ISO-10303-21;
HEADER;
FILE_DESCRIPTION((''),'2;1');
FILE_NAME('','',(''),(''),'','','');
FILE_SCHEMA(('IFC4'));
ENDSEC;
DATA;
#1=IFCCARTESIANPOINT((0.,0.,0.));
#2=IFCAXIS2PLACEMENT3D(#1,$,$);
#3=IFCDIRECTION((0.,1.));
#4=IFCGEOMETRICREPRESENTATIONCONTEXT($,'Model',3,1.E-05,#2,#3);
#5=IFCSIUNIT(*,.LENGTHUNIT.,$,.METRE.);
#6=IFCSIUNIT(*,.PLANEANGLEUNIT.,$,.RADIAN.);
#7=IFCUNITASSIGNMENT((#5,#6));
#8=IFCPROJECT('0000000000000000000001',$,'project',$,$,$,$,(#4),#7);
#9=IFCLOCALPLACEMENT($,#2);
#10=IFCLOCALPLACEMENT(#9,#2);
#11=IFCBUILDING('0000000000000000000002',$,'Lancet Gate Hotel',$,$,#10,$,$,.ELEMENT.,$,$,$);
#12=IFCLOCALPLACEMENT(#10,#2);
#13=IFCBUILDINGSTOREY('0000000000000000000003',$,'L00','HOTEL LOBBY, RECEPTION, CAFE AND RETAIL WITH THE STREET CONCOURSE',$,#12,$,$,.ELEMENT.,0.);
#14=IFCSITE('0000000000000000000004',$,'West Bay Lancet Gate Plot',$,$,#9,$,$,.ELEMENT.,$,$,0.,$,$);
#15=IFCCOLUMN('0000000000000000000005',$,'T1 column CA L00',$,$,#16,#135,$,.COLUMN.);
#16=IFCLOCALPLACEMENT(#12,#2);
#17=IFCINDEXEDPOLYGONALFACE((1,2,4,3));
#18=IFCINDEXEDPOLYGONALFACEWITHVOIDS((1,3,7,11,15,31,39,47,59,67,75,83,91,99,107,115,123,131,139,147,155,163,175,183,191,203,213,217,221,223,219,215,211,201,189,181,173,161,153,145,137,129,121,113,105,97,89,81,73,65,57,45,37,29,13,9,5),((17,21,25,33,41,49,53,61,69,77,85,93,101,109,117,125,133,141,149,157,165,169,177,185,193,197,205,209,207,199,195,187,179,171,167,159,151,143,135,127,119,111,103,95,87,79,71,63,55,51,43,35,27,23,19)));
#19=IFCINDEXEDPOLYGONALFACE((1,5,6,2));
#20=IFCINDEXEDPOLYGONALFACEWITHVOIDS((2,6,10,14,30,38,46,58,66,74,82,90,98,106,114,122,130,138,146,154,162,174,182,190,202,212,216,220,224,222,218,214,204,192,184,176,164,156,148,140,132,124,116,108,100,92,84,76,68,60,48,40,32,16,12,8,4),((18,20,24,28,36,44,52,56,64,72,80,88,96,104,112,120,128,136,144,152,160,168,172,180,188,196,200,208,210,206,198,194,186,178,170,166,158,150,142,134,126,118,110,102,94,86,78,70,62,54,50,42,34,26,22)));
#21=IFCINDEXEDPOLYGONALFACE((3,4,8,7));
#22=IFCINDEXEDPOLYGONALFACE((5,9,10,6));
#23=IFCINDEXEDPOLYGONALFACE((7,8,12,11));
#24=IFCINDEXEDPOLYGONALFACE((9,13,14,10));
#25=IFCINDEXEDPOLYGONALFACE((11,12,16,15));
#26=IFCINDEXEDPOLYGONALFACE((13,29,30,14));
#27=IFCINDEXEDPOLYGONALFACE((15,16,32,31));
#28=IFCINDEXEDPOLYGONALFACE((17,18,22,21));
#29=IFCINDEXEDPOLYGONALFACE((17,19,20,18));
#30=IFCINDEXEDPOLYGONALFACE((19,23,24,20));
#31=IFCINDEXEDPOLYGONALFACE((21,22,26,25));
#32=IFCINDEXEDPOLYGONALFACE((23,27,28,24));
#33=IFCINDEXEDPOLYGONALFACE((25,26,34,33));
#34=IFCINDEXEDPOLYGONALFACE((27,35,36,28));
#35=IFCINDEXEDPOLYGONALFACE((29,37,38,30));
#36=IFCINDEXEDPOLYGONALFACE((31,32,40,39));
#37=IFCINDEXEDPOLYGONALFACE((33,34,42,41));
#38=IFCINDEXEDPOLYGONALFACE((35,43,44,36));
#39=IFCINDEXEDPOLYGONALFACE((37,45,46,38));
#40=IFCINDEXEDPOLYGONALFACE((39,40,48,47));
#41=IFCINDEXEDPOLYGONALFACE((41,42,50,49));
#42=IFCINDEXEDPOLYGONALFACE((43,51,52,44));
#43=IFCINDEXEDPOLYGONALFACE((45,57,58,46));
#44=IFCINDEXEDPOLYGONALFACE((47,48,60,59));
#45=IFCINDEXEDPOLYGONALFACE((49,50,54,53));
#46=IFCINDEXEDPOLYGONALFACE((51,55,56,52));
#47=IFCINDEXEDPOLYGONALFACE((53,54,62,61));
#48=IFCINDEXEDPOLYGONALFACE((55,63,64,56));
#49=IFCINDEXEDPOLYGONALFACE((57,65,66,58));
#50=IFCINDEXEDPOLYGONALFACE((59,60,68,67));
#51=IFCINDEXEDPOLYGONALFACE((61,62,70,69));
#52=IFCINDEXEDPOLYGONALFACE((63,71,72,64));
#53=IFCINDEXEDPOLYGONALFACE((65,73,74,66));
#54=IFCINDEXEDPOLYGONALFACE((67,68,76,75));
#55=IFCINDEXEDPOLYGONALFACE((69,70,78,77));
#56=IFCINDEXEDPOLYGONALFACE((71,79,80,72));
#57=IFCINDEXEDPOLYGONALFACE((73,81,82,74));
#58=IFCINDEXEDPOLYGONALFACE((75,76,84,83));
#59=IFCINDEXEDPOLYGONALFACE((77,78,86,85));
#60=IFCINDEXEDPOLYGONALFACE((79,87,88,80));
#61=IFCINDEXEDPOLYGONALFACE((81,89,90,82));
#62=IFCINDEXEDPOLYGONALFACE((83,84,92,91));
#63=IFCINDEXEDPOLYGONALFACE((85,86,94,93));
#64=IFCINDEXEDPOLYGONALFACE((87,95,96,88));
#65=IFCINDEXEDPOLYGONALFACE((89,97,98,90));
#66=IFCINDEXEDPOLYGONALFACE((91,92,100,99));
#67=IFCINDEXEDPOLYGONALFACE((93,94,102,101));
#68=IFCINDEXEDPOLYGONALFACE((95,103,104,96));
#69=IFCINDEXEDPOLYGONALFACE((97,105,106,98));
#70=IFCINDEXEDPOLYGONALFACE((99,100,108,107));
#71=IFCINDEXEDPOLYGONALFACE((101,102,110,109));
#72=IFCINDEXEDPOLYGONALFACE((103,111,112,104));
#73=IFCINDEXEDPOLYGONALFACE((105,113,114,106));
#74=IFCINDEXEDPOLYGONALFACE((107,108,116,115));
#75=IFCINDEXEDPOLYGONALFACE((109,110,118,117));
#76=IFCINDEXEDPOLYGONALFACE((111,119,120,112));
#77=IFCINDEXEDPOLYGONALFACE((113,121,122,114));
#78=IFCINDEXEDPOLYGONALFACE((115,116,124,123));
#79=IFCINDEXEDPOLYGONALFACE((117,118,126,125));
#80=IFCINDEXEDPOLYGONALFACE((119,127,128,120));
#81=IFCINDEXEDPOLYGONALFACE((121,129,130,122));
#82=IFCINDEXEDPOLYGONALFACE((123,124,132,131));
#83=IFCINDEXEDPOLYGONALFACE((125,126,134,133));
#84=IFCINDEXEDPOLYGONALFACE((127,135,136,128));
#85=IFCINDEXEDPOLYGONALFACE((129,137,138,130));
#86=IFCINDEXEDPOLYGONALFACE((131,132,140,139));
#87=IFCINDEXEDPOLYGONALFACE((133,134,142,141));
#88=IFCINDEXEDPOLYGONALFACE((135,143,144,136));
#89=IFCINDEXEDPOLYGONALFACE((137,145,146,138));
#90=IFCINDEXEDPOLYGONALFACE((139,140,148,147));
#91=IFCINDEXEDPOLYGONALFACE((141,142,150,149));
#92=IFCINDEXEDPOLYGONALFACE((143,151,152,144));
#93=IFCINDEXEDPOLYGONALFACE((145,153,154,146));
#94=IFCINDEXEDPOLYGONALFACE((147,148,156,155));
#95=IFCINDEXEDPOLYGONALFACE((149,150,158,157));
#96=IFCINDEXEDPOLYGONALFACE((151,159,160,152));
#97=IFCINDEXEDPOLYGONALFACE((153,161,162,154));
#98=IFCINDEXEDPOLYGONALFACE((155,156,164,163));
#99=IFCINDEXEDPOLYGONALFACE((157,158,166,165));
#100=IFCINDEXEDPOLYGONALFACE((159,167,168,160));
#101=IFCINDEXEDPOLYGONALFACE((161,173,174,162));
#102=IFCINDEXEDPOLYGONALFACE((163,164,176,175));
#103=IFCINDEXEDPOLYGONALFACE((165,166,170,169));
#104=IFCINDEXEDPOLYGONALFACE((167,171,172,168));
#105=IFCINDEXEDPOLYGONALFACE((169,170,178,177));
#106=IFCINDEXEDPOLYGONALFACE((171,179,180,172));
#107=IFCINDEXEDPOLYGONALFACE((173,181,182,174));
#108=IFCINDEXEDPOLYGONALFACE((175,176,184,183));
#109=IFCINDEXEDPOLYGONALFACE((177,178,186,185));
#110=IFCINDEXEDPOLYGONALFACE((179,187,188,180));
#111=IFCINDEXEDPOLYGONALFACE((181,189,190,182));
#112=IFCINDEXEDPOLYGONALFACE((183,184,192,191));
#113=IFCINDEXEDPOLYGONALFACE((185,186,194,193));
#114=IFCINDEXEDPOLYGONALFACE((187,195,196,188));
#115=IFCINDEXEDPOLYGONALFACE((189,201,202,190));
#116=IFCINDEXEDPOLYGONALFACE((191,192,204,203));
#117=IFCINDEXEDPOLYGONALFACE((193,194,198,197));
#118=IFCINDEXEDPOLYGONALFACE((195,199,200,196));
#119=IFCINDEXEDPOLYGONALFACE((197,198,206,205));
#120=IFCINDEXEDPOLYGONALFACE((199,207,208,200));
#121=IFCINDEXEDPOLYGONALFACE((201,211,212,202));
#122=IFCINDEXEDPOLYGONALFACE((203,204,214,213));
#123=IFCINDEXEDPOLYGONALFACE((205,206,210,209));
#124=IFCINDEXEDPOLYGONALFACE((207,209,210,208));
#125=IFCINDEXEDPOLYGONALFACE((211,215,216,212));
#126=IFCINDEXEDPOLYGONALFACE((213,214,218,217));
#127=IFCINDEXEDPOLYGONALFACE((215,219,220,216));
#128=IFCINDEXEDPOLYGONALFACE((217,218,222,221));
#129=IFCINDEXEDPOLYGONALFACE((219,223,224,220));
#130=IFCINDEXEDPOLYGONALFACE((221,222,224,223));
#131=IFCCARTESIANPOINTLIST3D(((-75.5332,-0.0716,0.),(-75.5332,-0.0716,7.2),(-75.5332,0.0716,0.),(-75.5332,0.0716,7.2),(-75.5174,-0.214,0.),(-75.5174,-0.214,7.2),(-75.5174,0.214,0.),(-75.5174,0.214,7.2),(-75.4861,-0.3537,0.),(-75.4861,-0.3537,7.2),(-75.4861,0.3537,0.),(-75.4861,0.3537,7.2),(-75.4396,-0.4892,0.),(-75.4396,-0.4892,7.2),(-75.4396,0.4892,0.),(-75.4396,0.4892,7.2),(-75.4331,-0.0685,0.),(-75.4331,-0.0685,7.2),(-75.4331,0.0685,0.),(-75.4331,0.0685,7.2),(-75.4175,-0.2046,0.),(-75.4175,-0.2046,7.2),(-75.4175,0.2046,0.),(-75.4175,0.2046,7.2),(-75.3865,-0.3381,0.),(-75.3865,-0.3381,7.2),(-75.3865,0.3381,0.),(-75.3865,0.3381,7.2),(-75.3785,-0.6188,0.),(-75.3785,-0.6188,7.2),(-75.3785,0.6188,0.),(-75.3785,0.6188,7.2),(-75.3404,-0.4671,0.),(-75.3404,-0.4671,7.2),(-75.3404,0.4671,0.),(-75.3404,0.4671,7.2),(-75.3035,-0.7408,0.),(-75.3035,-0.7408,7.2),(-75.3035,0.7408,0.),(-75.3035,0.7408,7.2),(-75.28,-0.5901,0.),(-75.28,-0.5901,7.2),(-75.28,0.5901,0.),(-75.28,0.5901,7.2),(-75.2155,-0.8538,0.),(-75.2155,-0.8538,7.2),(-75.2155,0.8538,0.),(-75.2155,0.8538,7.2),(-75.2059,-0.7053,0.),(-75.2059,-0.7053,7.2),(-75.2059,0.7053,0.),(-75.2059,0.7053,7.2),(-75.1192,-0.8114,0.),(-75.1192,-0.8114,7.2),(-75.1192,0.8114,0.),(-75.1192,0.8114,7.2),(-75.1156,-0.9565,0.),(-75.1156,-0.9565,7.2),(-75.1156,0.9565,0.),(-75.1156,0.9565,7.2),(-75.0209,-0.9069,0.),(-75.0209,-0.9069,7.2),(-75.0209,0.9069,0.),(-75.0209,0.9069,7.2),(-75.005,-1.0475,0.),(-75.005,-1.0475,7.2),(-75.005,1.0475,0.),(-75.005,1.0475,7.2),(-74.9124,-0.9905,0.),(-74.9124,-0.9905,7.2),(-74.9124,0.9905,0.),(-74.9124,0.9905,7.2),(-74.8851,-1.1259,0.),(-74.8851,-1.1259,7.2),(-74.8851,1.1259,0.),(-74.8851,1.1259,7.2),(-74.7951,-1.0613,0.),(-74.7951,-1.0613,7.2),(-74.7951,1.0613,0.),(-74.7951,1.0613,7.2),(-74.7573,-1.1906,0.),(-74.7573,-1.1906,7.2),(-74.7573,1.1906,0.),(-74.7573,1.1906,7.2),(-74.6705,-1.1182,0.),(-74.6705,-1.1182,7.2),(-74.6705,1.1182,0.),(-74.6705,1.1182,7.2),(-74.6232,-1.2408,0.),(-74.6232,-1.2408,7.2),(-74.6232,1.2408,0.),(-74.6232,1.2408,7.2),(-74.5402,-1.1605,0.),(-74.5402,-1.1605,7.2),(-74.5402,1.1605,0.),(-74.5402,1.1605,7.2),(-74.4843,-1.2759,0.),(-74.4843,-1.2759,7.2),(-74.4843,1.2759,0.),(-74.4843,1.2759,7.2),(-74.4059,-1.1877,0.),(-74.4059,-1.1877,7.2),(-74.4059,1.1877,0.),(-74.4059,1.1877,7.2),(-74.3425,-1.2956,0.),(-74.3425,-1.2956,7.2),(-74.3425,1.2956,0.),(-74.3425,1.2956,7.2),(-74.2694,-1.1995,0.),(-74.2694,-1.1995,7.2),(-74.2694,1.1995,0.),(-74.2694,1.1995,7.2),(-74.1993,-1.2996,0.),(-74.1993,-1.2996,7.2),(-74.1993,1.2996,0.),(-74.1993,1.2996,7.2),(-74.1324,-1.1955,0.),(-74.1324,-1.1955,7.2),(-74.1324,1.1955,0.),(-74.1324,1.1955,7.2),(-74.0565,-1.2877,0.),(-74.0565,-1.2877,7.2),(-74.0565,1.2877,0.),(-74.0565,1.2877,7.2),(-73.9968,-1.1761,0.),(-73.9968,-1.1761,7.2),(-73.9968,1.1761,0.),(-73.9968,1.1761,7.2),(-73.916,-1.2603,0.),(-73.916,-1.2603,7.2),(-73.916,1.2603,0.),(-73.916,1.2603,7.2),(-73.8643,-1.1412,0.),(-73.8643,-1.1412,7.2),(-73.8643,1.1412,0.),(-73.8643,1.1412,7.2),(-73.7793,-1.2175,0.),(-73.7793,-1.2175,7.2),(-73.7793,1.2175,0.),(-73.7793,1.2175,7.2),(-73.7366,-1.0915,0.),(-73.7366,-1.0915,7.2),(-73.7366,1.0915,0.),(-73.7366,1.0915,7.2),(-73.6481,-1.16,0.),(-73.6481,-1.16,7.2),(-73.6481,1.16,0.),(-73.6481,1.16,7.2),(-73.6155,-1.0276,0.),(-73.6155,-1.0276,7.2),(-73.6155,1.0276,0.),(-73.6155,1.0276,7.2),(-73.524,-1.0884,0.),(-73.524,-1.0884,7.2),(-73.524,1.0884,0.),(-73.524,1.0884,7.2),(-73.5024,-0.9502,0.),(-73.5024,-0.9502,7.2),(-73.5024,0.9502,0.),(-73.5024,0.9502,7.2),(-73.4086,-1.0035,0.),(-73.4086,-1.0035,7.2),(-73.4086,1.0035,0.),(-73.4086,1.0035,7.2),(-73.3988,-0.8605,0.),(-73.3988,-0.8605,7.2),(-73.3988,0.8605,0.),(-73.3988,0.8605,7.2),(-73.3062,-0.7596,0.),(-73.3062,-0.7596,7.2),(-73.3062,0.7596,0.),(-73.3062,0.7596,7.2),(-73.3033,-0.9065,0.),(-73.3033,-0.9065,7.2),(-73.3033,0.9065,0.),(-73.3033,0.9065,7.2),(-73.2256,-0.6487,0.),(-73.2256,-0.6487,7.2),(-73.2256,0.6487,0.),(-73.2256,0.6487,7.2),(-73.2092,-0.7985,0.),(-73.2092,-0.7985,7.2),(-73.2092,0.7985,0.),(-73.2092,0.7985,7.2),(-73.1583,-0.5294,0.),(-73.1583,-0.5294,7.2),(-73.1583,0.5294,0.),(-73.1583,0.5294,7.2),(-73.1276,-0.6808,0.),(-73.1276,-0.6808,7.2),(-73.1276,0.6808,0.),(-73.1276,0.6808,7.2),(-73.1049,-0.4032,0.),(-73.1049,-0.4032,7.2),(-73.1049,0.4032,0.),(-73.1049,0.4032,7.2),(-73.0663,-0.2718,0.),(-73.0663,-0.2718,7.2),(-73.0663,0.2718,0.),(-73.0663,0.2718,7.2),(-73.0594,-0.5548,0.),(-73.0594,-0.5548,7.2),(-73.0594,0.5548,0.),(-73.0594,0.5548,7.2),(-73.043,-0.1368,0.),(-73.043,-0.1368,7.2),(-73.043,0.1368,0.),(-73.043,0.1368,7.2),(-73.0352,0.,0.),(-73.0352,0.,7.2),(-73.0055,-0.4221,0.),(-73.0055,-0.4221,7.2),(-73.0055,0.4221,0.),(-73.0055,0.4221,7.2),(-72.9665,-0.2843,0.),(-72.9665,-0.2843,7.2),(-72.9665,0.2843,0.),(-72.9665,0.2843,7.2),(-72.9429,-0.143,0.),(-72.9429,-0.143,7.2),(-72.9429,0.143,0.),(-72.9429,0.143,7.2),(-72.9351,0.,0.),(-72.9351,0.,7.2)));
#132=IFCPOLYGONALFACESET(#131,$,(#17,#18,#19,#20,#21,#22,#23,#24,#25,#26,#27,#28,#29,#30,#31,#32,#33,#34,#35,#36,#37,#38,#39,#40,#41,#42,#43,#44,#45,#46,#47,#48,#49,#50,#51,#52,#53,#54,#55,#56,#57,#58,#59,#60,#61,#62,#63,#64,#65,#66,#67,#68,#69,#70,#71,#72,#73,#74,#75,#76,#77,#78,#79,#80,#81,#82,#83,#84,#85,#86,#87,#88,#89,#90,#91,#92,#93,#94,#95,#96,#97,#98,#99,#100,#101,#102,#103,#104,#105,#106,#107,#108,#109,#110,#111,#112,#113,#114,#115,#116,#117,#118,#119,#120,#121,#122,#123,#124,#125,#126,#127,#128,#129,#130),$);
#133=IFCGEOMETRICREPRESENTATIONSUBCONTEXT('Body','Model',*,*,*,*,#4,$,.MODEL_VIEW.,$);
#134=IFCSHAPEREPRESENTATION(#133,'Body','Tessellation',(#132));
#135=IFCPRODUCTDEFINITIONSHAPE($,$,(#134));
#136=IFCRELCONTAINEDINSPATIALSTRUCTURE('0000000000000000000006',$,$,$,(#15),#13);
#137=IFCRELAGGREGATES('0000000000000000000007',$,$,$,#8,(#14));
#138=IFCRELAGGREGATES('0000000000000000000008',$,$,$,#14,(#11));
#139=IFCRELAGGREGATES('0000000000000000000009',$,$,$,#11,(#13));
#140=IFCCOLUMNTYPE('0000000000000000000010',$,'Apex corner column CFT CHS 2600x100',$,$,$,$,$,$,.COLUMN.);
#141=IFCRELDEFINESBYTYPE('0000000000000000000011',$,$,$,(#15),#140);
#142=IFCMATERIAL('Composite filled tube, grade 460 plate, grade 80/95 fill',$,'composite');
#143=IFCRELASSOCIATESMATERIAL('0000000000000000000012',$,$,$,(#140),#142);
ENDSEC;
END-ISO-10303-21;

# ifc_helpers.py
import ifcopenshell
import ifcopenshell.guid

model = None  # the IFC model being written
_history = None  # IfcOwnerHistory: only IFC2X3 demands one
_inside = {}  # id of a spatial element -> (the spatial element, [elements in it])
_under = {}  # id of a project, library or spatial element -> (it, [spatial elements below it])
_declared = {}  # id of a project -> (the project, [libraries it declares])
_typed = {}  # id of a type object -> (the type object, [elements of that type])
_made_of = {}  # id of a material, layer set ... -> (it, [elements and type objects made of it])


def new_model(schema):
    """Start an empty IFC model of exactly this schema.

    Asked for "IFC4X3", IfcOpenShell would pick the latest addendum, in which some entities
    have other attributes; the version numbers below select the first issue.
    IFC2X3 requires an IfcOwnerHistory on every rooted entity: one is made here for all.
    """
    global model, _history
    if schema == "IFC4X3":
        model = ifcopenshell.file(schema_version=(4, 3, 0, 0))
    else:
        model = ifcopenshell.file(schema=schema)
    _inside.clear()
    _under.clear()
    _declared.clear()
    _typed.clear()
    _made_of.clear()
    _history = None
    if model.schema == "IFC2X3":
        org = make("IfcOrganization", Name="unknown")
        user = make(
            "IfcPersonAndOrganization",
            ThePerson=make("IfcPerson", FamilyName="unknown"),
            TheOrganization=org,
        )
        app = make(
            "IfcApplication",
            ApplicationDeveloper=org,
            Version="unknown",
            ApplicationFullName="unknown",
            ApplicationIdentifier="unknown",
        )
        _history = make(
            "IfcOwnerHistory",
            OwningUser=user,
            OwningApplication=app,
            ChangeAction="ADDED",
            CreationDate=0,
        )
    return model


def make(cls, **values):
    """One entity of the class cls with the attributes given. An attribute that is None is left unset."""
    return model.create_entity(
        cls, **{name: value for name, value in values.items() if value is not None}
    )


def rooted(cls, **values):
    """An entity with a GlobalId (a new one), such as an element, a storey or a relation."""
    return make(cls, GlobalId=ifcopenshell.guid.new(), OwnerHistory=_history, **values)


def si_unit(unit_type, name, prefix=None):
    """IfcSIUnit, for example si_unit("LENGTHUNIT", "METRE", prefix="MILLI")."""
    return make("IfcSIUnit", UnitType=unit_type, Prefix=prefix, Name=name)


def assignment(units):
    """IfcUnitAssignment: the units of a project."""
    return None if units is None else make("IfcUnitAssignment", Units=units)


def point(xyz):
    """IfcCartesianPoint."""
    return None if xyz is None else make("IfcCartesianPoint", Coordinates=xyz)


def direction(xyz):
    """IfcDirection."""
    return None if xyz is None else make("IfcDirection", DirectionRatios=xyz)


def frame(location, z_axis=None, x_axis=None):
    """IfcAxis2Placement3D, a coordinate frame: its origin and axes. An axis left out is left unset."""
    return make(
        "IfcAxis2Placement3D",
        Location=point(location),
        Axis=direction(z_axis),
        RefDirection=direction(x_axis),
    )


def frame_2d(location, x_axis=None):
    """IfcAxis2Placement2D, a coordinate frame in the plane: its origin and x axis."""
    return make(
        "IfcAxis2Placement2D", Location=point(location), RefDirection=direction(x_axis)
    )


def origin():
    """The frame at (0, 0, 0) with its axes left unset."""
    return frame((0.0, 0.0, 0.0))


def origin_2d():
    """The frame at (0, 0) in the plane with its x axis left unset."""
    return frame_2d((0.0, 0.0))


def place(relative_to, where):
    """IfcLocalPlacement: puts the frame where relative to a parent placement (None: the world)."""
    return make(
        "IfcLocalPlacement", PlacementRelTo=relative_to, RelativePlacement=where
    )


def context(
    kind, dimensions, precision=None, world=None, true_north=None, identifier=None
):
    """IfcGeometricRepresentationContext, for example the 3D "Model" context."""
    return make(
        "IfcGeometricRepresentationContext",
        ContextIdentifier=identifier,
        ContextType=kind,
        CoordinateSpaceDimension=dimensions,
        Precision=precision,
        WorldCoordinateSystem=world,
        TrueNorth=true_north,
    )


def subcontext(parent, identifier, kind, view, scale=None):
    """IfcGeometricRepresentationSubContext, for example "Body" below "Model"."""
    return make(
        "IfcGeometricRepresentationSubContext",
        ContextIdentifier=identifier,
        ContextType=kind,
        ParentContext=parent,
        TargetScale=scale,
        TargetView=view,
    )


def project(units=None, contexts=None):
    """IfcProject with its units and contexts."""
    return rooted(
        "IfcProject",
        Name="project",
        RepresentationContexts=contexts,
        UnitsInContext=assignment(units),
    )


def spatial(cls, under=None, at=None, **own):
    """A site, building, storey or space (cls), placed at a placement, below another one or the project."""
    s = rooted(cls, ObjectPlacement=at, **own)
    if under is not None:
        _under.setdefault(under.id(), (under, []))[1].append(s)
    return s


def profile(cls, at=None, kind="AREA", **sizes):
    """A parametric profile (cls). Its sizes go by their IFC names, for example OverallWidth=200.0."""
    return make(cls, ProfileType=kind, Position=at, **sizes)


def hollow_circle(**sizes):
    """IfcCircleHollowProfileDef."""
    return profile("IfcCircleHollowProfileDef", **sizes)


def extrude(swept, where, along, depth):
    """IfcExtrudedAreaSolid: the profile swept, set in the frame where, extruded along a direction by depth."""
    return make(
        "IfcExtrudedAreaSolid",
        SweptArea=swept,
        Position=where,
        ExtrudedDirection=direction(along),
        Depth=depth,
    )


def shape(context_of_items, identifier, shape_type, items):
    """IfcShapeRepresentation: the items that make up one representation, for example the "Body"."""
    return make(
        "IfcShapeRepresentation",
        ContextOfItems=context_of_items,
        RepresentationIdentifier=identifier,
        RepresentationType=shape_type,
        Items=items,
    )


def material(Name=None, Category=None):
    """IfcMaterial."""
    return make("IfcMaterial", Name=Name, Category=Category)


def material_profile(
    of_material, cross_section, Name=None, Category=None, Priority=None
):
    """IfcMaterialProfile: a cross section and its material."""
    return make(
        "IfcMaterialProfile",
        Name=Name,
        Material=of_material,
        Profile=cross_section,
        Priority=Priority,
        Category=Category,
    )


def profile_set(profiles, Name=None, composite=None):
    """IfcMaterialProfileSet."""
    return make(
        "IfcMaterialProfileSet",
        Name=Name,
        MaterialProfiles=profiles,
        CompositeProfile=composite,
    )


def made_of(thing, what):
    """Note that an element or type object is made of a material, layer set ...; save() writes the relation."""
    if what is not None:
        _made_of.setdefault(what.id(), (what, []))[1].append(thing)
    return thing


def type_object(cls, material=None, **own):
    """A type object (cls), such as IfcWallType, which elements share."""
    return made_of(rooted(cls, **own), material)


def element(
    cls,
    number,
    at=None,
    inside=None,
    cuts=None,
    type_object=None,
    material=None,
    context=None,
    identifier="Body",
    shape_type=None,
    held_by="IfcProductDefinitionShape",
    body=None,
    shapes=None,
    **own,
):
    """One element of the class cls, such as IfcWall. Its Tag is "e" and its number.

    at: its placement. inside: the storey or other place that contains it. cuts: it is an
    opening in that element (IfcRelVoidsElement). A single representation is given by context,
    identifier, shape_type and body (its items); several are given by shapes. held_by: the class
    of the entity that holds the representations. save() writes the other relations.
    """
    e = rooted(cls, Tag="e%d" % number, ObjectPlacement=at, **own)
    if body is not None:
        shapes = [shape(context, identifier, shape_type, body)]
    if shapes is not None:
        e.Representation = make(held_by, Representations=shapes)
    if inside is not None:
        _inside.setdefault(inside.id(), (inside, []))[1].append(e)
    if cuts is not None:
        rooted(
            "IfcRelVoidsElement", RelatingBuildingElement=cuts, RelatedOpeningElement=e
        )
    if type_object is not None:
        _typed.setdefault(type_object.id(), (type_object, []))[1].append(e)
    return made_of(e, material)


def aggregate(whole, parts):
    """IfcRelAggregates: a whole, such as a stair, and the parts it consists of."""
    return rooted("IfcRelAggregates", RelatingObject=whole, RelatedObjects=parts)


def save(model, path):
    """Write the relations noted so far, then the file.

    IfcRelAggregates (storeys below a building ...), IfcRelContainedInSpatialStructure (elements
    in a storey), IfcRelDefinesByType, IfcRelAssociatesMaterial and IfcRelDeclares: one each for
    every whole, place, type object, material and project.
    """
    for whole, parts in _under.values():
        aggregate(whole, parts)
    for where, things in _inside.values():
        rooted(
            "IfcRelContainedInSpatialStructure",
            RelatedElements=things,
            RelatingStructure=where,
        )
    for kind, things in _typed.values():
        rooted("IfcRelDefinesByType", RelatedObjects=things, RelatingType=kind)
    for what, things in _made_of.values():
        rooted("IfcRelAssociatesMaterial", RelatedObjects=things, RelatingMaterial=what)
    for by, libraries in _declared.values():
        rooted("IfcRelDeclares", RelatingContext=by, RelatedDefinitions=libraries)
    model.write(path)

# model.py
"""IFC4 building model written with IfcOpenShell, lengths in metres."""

from ifc_helpers import new_model, si_unit, direction, frame, origin, origin_2d, place, context, subcontext, project, spatial, hollow_circle, extrude, material, material_profile, profile_set, type_object, element, save


model = new_model("IFC4")

# Units and contexts
model_context = context("Model", 3, precision=1e-05, world=origin(), true_north=direction((0.0, 1.0)))
body_context = subcontext(model_context, "Body", "Model", "MODEL_VIEW")
ifc_project = project(units=[si_unit("LENGTHUNIT", "METRE"), si_unit("PLANEANGLEUNIT", "RADIAN")], contexts=[model_context])

# Site, building, storey
site_placement = place(None, origin())
site = spatial("IfcSite", under=ifc_project, at=site_placement, Name="West Bay Lancet Gate Plot", CompositionType="ELEMENT", RefElevation=0.0)
building_placement = place(site_placement, origin())
building = spatial("IfcBuilding", under=site, at=building_placement, Name="Lancet Gate Hotel", CompositionType="ELEMENT")
storey_placement = place(building_placement, origin())
storey = spatial("IfcBuildingStorey", under=building, at=storey_placement, Name="L00", Description="HOTEL LOBBY, RECEPTION, CAFE AND RETAIL WITH THE STREET CONCOURSE", CompositionType="ELEMENT", Elevation=0.0)

# Column
ifc_material_1 = material(Name="Composite filled tube, grade 460 plate, grade 80/95 fill", Category="composite")
ifc_material_profile_1 = material_profile(ifc_material_1, hollow_circle(Radius=1.3, WallThickness=0.1001, at=origin_2d()), Name="CHS 2600x100")
ifc_profile_set_1 = profile_set([ifc_material_profile_1], Name="Composite filled tube, grade 460 plate, grade 80/95 fill")
column_type_1 = type_object("IfcColumnType", Name="Apex corner column CFT CHS 2600x100", PredefinedType="COLUMN", material=ifc_profile_set_1)
column_1_placement = place(storey_placement, frame((-74.2351, 0.0, 0.0), z_axis=(0.0, 0.0, 1.0), x_axis=(1.0, 0.0, 0.0)))
element("IfcColumn", 1, at=column_1_placement, inside=storey, type_object=column_type_1, Name="T1 column CA L00", PredefinedType="COLUMN", context=body_context, shape_type="SweptSolid", body=[
    extrude(hollow_circle(Radius=1.3, WallThickness=0.1001, at=origin_2d()), origin(), (0.0, 0.0, 1.0), 7.2),
])

save(model, "model.ifc")
